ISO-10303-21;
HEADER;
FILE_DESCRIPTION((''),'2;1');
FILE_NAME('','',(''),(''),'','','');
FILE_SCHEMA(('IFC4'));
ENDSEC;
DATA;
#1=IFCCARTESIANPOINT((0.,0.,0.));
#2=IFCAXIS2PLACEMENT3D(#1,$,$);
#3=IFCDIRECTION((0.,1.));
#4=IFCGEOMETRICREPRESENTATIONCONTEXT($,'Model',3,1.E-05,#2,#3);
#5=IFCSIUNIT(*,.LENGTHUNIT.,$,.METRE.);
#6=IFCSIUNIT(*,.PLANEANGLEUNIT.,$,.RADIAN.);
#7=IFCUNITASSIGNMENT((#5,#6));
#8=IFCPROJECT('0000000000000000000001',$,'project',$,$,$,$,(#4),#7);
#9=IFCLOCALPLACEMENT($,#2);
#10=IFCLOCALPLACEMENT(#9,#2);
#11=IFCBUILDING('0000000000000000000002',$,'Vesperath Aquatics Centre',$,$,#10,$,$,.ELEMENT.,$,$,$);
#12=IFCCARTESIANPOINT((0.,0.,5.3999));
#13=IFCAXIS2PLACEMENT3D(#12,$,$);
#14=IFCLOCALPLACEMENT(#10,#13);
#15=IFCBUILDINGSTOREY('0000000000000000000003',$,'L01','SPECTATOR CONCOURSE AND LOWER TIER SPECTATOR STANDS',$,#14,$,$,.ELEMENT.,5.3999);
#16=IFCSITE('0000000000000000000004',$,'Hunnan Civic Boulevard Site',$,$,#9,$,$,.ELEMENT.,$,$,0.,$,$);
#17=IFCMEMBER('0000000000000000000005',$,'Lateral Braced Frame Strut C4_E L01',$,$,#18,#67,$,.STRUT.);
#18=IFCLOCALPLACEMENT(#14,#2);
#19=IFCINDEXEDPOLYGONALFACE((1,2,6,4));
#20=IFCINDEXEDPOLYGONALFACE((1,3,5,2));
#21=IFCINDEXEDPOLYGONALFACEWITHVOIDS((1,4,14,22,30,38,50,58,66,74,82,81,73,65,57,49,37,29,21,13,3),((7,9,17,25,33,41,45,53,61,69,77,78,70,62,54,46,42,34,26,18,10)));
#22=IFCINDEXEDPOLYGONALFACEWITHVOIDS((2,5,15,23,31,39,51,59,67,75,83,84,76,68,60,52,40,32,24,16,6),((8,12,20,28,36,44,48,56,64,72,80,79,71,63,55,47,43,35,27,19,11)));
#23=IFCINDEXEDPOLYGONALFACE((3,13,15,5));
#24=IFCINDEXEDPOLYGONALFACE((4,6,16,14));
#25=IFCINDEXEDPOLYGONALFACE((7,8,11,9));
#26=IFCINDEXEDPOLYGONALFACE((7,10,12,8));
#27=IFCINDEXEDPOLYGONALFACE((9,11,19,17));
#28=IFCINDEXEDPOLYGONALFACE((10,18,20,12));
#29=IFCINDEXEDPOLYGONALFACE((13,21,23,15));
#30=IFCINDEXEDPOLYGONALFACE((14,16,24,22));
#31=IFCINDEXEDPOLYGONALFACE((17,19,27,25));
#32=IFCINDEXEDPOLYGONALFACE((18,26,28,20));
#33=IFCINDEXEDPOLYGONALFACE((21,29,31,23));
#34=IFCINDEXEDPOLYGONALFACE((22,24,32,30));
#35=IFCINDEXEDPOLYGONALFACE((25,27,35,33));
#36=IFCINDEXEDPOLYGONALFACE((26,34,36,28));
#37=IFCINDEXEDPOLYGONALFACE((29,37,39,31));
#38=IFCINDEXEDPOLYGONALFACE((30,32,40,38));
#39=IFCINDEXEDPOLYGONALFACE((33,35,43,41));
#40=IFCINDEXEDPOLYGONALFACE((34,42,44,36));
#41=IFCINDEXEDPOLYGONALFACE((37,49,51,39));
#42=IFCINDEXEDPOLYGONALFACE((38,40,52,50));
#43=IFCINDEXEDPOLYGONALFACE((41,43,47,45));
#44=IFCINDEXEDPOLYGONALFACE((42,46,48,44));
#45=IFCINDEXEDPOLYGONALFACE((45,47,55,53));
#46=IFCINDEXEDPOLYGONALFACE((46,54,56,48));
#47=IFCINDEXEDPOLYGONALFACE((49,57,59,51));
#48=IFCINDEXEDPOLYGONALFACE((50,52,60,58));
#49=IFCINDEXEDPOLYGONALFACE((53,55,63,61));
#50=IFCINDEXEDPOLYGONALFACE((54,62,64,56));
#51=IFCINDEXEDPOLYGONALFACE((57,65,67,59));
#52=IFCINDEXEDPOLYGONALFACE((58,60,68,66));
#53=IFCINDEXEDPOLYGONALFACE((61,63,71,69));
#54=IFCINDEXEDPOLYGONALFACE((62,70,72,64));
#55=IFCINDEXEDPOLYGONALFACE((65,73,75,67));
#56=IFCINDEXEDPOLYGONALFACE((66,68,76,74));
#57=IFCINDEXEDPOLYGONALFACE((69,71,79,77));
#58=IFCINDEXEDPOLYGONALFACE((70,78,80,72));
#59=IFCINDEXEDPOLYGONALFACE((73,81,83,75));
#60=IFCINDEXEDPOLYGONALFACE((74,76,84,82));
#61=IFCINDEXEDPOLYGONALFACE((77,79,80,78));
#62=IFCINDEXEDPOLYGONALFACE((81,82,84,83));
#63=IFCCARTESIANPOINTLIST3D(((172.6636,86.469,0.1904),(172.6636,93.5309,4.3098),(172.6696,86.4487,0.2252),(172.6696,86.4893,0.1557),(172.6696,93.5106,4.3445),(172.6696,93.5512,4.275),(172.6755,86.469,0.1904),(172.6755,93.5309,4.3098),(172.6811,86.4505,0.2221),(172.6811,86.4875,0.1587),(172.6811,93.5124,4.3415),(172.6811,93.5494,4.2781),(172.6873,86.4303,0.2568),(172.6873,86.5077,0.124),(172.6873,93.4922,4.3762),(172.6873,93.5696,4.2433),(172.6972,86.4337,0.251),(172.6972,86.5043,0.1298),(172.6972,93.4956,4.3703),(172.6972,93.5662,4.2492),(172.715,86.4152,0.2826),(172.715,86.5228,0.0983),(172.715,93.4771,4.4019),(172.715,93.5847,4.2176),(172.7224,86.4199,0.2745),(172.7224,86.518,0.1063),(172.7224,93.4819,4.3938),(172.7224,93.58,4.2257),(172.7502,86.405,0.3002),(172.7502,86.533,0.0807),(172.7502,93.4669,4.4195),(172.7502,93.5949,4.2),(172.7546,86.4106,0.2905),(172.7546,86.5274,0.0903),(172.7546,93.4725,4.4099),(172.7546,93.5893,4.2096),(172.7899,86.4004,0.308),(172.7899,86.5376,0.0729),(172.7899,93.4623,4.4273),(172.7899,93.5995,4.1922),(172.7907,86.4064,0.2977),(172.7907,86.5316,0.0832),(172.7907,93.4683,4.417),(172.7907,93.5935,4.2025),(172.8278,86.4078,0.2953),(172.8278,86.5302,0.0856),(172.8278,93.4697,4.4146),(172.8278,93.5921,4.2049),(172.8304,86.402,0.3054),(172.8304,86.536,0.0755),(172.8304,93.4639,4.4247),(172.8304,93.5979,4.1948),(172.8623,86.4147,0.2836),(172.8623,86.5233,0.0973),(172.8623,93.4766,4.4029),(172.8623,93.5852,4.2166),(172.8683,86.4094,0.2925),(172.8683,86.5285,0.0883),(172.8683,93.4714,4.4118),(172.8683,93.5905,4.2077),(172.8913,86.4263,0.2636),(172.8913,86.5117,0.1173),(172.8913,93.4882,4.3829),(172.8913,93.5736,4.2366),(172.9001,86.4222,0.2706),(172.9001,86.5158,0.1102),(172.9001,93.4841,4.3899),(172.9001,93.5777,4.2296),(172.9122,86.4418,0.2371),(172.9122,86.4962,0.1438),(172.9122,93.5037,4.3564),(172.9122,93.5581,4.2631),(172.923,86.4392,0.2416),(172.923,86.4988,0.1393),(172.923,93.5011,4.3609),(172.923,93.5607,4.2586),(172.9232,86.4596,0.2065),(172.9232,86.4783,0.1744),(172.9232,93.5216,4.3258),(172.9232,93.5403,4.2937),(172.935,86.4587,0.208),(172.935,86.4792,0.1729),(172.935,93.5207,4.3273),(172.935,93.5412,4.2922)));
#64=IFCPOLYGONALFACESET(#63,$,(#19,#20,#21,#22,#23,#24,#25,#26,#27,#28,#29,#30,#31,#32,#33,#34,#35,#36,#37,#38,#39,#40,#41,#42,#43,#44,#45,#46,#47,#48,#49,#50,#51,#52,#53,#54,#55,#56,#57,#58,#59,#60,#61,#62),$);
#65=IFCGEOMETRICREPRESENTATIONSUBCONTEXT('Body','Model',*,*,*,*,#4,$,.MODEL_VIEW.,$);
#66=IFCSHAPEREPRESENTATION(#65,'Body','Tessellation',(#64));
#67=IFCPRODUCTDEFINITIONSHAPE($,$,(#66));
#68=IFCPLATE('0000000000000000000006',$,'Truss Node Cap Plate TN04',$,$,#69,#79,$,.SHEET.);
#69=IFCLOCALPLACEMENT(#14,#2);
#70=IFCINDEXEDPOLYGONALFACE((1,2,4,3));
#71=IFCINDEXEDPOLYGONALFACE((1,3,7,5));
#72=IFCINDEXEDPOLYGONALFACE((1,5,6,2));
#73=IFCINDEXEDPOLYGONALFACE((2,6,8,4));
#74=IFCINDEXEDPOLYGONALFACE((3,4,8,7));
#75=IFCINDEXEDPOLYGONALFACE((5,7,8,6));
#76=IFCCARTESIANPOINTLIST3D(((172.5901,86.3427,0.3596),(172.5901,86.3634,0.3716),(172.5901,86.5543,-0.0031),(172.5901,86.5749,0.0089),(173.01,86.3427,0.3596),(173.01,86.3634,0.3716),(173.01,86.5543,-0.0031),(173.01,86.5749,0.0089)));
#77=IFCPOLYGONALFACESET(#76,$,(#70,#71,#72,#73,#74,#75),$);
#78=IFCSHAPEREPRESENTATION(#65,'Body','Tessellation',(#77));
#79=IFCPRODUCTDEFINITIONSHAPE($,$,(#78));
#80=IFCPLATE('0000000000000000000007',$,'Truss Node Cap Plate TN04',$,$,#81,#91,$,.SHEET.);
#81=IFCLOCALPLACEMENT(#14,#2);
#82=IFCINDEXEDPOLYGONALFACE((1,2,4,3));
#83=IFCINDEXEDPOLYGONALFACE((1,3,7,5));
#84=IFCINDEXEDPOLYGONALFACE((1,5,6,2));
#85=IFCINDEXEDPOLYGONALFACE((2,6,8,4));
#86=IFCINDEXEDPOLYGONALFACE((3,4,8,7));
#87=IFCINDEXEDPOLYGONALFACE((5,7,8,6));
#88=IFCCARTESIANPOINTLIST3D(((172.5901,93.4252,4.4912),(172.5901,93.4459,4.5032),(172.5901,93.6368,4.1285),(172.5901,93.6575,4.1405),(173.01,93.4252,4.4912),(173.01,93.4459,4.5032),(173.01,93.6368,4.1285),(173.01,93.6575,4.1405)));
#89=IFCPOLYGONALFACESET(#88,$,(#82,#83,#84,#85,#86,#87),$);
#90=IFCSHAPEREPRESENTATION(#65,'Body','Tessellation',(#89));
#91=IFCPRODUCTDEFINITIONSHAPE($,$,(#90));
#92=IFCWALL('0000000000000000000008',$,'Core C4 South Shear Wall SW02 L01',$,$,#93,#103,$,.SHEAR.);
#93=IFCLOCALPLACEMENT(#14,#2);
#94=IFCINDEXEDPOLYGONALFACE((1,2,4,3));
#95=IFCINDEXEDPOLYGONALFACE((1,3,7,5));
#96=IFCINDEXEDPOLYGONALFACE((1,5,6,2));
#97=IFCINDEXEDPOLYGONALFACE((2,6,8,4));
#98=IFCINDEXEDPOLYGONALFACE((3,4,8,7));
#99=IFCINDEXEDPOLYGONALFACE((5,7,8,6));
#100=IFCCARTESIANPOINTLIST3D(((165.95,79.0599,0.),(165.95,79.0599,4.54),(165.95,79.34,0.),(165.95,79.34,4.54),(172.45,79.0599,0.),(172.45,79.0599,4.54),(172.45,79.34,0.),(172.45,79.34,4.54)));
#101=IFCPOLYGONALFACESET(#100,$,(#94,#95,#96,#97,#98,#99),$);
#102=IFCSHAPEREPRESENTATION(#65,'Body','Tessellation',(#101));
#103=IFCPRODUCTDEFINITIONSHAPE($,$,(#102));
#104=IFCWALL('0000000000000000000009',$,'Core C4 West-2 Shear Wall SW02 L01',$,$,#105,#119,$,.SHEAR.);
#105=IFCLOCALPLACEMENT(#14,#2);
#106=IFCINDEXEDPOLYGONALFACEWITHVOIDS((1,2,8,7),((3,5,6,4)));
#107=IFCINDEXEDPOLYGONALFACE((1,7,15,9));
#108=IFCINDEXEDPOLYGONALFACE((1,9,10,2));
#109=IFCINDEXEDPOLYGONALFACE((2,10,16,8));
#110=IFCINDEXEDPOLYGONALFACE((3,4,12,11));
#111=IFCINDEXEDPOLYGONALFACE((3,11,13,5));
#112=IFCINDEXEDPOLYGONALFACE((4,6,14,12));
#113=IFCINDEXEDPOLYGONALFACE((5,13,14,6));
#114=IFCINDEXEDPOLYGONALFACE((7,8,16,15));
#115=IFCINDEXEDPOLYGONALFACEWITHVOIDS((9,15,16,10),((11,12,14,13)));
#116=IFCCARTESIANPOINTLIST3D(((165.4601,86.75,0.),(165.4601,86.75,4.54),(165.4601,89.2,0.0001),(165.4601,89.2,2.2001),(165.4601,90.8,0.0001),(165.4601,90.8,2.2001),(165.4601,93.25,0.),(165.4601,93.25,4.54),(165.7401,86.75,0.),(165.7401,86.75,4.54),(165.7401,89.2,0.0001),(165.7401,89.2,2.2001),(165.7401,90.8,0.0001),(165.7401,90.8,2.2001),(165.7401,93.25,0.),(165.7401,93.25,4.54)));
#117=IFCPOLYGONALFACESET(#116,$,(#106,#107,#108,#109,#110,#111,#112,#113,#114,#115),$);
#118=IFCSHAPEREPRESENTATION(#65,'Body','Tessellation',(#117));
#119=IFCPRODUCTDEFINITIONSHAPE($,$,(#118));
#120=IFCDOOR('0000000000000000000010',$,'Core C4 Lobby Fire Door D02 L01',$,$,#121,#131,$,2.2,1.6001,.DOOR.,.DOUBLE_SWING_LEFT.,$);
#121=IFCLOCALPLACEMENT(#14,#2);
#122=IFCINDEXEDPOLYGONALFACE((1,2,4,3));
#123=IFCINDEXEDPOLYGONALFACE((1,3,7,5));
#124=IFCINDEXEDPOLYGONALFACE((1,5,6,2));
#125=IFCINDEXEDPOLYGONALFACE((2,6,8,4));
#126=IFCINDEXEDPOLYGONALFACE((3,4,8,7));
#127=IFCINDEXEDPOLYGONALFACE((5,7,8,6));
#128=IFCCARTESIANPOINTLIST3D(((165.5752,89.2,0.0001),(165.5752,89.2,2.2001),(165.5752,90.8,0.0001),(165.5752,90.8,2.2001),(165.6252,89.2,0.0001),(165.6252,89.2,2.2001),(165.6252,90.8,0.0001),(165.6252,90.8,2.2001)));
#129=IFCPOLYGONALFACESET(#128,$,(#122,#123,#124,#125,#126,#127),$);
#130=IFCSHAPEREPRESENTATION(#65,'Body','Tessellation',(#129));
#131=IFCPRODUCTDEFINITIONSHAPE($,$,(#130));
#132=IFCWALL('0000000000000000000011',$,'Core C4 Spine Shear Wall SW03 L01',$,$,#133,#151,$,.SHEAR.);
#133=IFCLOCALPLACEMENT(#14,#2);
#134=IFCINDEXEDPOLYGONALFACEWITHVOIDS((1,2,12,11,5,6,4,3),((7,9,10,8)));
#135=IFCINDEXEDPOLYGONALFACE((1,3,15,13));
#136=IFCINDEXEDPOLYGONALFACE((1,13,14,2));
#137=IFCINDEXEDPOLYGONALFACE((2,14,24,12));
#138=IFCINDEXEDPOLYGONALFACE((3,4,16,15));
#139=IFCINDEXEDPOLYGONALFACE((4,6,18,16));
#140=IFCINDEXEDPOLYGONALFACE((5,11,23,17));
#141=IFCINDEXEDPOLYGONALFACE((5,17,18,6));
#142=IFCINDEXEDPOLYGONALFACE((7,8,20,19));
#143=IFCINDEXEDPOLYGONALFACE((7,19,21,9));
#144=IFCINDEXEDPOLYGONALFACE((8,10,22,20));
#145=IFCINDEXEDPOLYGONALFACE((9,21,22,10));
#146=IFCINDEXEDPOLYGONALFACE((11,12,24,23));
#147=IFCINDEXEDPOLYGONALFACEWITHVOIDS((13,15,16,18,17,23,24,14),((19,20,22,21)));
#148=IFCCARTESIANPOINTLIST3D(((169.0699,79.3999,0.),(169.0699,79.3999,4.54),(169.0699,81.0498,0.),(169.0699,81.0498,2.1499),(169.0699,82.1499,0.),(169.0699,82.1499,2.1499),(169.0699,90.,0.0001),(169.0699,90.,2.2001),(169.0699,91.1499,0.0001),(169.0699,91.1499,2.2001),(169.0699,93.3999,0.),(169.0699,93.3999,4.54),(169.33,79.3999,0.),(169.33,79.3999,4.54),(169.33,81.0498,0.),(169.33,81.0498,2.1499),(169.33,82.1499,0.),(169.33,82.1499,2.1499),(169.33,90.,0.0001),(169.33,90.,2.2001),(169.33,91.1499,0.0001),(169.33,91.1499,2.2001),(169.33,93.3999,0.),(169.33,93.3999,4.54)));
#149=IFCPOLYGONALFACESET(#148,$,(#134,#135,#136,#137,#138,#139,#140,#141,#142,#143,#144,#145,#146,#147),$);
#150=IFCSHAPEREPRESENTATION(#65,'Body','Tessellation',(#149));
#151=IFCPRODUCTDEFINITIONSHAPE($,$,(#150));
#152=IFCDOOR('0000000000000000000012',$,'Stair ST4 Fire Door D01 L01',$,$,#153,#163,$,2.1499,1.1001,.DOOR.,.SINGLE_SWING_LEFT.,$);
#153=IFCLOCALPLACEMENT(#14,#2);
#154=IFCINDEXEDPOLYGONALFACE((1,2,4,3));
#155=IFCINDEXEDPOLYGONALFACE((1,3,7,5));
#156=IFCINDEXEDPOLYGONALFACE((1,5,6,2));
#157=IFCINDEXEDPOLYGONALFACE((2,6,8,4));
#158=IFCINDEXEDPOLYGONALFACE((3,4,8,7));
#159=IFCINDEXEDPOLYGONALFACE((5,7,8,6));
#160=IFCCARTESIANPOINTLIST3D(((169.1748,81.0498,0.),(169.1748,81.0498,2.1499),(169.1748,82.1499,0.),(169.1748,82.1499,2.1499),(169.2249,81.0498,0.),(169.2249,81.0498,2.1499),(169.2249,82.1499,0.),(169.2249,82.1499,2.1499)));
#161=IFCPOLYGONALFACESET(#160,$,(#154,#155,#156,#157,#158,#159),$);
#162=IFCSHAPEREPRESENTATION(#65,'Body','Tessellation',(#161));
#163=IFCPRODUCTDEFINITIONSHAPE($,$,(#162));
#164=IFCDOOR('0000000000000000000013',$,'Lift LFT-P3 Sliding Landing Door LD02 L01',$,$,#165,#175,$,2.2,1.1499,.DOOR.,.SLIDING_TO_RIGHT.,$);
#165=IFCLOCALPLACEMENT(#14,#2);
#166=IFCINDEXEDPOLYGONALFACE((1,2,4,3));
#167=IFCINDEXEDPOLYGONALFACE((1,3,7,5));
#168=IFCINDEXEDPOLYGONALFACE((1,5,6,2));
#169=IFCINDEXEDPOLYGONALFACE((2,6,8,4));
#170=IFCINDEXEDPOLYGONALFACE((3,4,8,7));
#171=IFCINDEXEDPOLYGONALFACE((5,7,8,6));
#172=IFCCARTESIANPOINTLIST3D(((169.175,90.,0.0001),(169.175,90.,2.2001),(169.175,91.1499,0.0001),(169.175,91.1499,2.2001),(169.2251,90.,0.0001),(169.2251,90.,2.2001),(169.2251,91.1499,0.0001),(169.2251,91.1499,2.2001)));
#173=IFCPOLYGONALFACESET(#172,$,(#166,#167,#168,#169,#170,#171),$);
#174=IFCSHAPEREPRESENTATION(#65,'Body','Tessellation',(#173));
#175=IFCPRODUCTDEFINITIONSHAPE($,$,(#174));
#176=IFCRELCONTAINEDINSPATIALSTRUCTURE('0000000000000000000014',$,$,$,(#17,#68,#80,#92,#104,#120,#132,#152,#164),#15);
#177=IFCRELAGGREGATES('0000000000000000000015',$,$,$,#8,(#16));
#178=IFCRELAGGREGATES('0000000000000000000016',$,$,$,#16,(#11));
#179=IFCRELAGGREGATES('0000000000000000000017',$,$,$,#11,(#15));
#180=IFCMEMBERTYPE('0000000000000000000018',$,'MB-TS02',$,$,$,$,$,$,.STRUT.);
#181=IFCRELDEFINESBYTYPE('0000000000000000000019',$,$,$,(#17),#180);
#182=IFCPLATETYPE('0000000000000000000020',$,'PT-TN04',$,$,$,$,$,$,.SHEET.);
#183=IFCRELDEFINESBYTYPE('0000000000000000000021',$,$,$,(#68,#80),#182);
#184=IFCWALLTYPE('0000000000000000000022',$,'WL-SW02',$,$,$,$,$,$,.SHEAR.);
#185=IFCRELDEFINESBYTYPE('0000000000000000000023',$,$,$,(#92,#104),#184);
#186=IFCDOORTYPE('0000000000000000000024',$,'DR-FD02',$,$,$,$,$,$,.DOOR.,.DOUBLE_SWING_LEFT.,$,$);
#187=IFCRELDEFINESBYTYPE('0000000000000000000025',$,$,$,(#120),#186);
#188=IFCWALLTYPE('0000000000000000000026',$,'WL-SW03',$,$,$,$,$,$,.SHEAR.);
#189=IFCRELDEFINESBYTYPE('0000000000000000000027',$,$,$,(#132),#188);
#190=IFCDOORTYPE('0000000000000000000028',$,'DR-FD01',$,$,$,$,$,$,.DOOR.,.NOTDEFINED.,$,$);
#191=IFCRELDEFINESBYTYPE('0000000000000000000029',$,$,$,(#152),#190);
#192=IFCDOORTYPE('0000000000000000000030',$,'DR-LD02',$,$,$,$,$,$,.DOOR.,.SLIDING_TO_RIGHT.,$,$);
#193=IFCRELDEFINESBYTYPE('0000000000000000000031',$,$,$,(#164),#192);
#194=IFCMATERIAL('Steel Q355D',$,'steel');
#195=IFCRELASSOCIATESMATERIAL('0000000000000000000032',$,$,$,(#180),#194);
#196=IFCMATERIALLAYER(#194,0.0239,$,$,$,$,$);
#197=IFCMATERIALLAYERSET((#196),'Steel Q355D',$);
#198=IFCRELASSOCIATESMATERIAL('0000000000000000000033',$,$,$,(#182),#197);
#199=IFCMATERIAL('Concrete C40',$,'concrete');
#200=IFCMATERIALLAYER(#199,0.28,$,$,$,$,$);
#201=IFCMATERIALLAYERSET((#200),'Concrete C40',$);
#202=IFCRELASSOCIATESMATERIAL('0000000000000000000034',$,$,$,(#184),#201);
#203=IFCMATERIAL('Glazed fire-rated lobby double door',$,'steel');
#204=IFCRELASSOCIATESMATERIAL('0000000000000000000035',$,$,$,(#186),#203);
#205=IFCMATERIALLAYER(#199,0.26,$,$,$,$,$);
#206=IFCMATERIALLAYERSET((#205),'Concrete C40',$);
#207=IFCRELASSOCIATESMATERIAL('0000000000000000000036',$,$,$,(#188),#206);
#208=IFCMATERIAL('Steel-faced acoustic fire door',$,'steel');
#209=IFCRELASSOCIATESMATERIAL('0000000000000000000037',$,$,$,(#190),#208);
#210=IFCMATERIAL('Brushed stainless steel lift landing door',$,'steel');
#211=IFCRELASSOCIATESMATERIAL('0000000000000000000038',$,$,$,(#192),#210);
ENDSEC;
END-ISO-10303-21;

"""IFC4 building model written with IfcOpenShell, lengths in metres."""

from ifc_helpers import new_model, si_unit, direction, frame, frame_2d, origin, origin_2d, place, context, subcontext, project, spatial, rectangle, hollow_circle, extrude, material, layer, layer_set, material_profile, profile_set, type_object, element, fill, save


model = new_model("IFC4")

# Units and contexts
model_context = context("Model", 3, precision=1e-05, world=origin(), true_north=direction((0.0, 1.0)))
body_context = subcontext(model_context, "Body", "Model", "MODEL_VIEW")
ifc_project = project(units=[si_unit("LENGTHUNIT", "METRE"), si_unit("PLANEANGLEUNIT", "RADIAN")], contexts=[model_context])

# Site, building, storey
site_placement = place(None, origin())
site = spatial("IfcSite", under=ifc_project, at=site_placement, Name="Hunnan Civic Boulevard Site", CompositionType="ELEMENT", RefElevation=0.0)
building_placement = place(site_placement, origin())
building = spatial("IfcBuilding", under=site, at=building_placement, Name="Vesperath Aquatics Centre", CompositionType="ELEMENT")
storey_placement = place(building_placement, frame((0.0, 0.0, 5.3999)))
storey = spatial("IfcBuildingStorey", under=building, at=storey_placement, Name="L01", Description="SPECTATOR CONCOURSE AND LOWER TIER SPECTATOR STANDS", CompositionType="ELEMENT", Elevation=5.3999)

# Shared definitions
ifc_material_1 = material(Name="Concrete C40", Category="concrete")

# Shared definitions
ifc_material_2 = material(Name="Steel Q355D", Category="steel")

# Member
ifc_material_profile_1 = material_profile(ifc_material_2, hollow_circle(Radius=0.1365, WallThickness=0.012, at=origin_2d()), Name="CHS 273.0x12")
ifc_profile_set_1 = profile_set([ifc_material_profile_1], Name="Steel Q355D")
member_type = type_object("IfcMemberType", Name="MB-TS02", PredefinedType="STRUT", material=ifc_profile_set_1)
member_placement = place(storey_placement, frame((172.8, 86.469, 0.1904), z_axis=(0.0, 0.863785, 0.50386), x_axis=(-1.0, 0.0, 0.0)))
element("IfcMember", 1, at=member_placement, inside=storey, type_object=member_type, Name="Lateral Braced Frame Strut C4_E L01", PredefinedType="STRUT", context=body_context, shape_type="SweptSolid", body=[
    extrude(hollow_circle(Radius=0.1365, WallThickness=0.012, at=origin_2d()), origin(), (0.0, 0.0, 1.0), 8.1755),
])

# Plates
ifc_layer_1 = layer(ifc_material_2, 0.0239)
ifc_layer_set_1 = layer_set([ifc_layer_1], Name="Steel Q355D")
plate_type = type_object("IfcPlateType", Name="PT-TN04", PredefinedType="SHEET", material=ifc_layer_set_1)
for number, where, z_axis, x_axis, name in (
    (2, (172.8, 86.4485, 0.1782), (0.0, 0.863779, 0.503871), (-1.0, 0.0, 0.0), "Truss Node Cap Plate TN04"),
    (3, (172.8, 93.531, 4.3098), (0.0, 0.863779, 0.503871), (-1.0, 0.0, 0.0), "Truss Node Cap Plate TN04"),
):
    element("IfcPlate", number, at=place(storey_placement, frame(where, z_axis=z_axis, x_axis=x_axis)), inside=storey, type_object=plate_type, Name=name, PredefinedType="SHEET", context=body_context, shape_type="SweptSolid", body=[
        extrude(rectangle(XDim=0.4199, YDim=0.4199, at=origin_2d()), origin(), (0.0, 0.0, 1.0), 0.0239),
    ])

# Wall
ifc_layer_2 = layer(ifc_material_1, 0.28)
ifc_layer_set_2 = layer_set([ifc_layer_2], Name="Concrete C40")
wall_type_1 = type_object("IfcWallType", Name="WL-SW02", PredefinedType="SHEAR", material=ifc_layer_set_2)
wall_1_placement = place(storey_placement, frame((165.95, 79.2, 0.0), z_axis=(0.0, 0.0, 1.0), x_axis=(1.0, 0.0, 0.0)))
element("IfcWall", 4, at=wall_1_placement, inside=storey, type_object=wall_type_1, Name="Core C4 South Shear Wall SW02 L01", PredefinedType="SHEAR", context=body_context, shape_type="SweptSolid", body=[
    extrude(rectangle(XDim=6.5, YDim=0.28, at=frame_2d((3.25, 0.0))), origin(), (0.0, 0.0, 1.0), 4.54),
])

# Wall, opening, door
wall_2_placement = place(storey_placement, frame((165.6001, 86.75, 0.0), z_axis=(0.0, 0.0, 1.0), x_axis=(0.0, 1.0, 0.0)))
wall_2 = element("IfcWall", 5, at=wall_2_placement, inside=storey, type_object=wall_type_1, Name="Core C4 West-2 Shear Wall SW02 L01", PredefinedType="SHEAR", context=body_context, shape_type="SweptSolid", body=[
    extrude(rectangle(XDim=6.5, YDim=0.28, at=frame_2d((3.25, 0.0))), origin(), (0.0, 0.0, 1.0), 4.54),
])
opening_1_placement = place(wall_2_placement, frame((2.45, 0.0, 0.0)))
opening_1 = element("IfcOpeningElement", 6, at=opening_1_placement, cuts=wall_2, PredefinedType="OPENING", context=body_context, shape_type="SweptSolid", body=[
    extrude(rectangle(XDim=1.6001, YDim=2.2, at=frame_2d((0.8, 1.1001))), frame((0.0, 0.1548, 0.0), z_axis=(0.0, -1.0, 0.0), x_axis=(1.0, 0.0, 0.0)), (0.0, 0.0, 1.0), 0.3098),
])
ifc_material_3 = material(Name="Glazed fire-rated lobby double door", Category="steel")
door_type_1 = type_object("IfcDoorType", Name="DR-FD02", OperationType="DOUBLE_SWING_LEFT", PredefinedType="DOOR", material=ifc_material_3)
door_1_placement = place(opening_1_placement, origin())
door_1 = element("IfcDoor", 7, at=door_1_placement, inside=storey, type_object=door_type_1, Name="Core C4 Lobby Fire Door D02 L01", OperationType="DOUBLE_SWING_LEFT", OverallHeight=2.2, OverallWidth=1.6001, PredefinedType="DOOR", context=body_context, shape_type="SweptSolid", body=[
    extrude(rectangle(XDim=1.6001, YDim=2.2, at=frame_2d((0.8, 1.1001))), frame((0.0, 0.0249, 0.0), z_axis=(0.0, -1.0, 0.0), x_axis=(1.0, 0.0, 0.0)), (0.0, 0.0, 1.0), 0.05),
])
fill(opening_1, door_1)

# Wall, openings, doors
ifc_layer_3 = layer(ifc_material_1, 0.26)
ifc_layer_set_3 = layer_set([ifc_layer_3], Name="Concrete C40")
wall_type_2 = type_object("IfcWallType", Name="WL-SW03", PredefinedType="SHEAR", material=ifc_layer_set_3)
wall_3_placement = place(storey_placement, frame((169.2, 79.3999, 0.0), z_axis=(0.0, 0.0, 1.0), x_axis=(0.0, 1.0, 0.0)))
wall_3 = element("IfcWall", 8, at=wall_3_placement, inside=storey, type_object=wall_type_2, Name="Core C4 Spine Shear Wall SW03 L01", PredefinedType="SHEAR", context=body_context, shape_type="SweptSolid", body=[
    extrude(rectangle(XDim=14.0, YDim=0.26, at=frame_2d((7.0, 0.0))), origin(), (0.0, 0.0, 1.0), 4.54),
])
opening_2_placement = place(wall_3_placement, frame((1.6499, 0.0, 0.0)))
opening_2 = element("IfcOpeningElement", 9, at=opening_2_placement, cuts=wall_3, PredefinedType="OPENING", context=body_context, shape_type="SweptSolid", body=[
    extrude(rectangle(XDim=1.1001, YDim=2.1499, at=frame_2d((0.55, 1.075))), frame((0.0, 0.145, 0.0), z_axis=(0.0, -1.0, 0.0), x_axis=(1.0, 0.0, 0.0)), (0.0, 0.0, 1.0), 0.2898),
])
opening_3_placement = place(wall_3_placement, frame((10.6001, 0.0, 0.0)))
opening_3 = element("IfcOpeningElement", 10, at=opening_3_placement, cuts=wall_3, PredefinedType="OPENING", context=body_context, shape_type="SweptSolid", body=[
    extrude(rectangle(XDim=1.1499, YDim=2.2, at=frame_2d((0.575, 1.1001))), frame((0.0, 0.145, 0.0), z_axis=(0.0, -1.0, 0.0), x_axis=(1.0, 0.0, 0.0)), (0.0, 0.0, 1.0), 0.2898),
])
ifc_material_4 = material(Name="Steel-faced acoustic fire door", Category="steel")
door_type_2 = type_object("IfcDoorType", Name="DR-FD01", OperationType="NOTDEFINED", PredefinedType="DOOR", material=ifc_material_4)
door_2_placement = place(opening_2_placement, frame((1.1001, 0.0, 0.0), z_axis=(0.0, 0.0, 1.0), x_axis=(-1.0, 0.0, 0.0)))
door_2 = element("IfcDoor", 11, at=door_2_placement, inside=storey, type_object=door_type_2, Name="Stair ST4 Fire Door D01 L01", OperationType="SINGLE_SWING_LEFT", OverallHeight=2.1499, OverallWidth=1.1001, PredefinedType="DOOR", context=body_context, shape_type="SweptSolid", body=[
    extrude(rectangle(XDim=1.1001, YDim=2.1499, at=frame_2d((0.55, 1.075))), frame((0.0, 0.0249, 0.0), z_axis=(0.0, -1.0, 0.0), x_axis=(1.0, 0.0, 0.0)), (0.0, 0.0, 1.0), 0.05),
])
fill(opening_2, door_2)
ifc_material_5 = material(Name="Brushed stainless steel lift landing door", Category="steel")
door_type_3 = type_object("IfcDoorType", Name="DR-LD02", OperationType="SLIDING_TO_RIGHT", PredefinedType="DOOR", material=ifc_material_5)
door_3_placement = place(opening_3_placement, origin())
door_3 = element("IfcDoor", 12, at=door_3_placement, inside=storey, type_object=door_type_3, Name="Lift LFT-P3 Sliding Landing Door LD02 L01", OperationType="SLIDING_TO_RIGHT", OverallHeight=2.2, OverallWidth=1.1499, PredefinedType="DOOR", context=body_context, shape_type="SweptSolid", body=[
    extrude(rectangle(XDim=1.1499, YDim=2.2, at=frame_2d((0.575, 1.1001))), frame((0.0, 0.0249, 0.0), z_axis=(0.0, -1.0, 0.0), x_axis=(1.0, 0.0, 0.0)), (0.0, 0.0, 1.0), 0.05),
])
fill(opening_3, door_3)

save(model, "model.ifc")
